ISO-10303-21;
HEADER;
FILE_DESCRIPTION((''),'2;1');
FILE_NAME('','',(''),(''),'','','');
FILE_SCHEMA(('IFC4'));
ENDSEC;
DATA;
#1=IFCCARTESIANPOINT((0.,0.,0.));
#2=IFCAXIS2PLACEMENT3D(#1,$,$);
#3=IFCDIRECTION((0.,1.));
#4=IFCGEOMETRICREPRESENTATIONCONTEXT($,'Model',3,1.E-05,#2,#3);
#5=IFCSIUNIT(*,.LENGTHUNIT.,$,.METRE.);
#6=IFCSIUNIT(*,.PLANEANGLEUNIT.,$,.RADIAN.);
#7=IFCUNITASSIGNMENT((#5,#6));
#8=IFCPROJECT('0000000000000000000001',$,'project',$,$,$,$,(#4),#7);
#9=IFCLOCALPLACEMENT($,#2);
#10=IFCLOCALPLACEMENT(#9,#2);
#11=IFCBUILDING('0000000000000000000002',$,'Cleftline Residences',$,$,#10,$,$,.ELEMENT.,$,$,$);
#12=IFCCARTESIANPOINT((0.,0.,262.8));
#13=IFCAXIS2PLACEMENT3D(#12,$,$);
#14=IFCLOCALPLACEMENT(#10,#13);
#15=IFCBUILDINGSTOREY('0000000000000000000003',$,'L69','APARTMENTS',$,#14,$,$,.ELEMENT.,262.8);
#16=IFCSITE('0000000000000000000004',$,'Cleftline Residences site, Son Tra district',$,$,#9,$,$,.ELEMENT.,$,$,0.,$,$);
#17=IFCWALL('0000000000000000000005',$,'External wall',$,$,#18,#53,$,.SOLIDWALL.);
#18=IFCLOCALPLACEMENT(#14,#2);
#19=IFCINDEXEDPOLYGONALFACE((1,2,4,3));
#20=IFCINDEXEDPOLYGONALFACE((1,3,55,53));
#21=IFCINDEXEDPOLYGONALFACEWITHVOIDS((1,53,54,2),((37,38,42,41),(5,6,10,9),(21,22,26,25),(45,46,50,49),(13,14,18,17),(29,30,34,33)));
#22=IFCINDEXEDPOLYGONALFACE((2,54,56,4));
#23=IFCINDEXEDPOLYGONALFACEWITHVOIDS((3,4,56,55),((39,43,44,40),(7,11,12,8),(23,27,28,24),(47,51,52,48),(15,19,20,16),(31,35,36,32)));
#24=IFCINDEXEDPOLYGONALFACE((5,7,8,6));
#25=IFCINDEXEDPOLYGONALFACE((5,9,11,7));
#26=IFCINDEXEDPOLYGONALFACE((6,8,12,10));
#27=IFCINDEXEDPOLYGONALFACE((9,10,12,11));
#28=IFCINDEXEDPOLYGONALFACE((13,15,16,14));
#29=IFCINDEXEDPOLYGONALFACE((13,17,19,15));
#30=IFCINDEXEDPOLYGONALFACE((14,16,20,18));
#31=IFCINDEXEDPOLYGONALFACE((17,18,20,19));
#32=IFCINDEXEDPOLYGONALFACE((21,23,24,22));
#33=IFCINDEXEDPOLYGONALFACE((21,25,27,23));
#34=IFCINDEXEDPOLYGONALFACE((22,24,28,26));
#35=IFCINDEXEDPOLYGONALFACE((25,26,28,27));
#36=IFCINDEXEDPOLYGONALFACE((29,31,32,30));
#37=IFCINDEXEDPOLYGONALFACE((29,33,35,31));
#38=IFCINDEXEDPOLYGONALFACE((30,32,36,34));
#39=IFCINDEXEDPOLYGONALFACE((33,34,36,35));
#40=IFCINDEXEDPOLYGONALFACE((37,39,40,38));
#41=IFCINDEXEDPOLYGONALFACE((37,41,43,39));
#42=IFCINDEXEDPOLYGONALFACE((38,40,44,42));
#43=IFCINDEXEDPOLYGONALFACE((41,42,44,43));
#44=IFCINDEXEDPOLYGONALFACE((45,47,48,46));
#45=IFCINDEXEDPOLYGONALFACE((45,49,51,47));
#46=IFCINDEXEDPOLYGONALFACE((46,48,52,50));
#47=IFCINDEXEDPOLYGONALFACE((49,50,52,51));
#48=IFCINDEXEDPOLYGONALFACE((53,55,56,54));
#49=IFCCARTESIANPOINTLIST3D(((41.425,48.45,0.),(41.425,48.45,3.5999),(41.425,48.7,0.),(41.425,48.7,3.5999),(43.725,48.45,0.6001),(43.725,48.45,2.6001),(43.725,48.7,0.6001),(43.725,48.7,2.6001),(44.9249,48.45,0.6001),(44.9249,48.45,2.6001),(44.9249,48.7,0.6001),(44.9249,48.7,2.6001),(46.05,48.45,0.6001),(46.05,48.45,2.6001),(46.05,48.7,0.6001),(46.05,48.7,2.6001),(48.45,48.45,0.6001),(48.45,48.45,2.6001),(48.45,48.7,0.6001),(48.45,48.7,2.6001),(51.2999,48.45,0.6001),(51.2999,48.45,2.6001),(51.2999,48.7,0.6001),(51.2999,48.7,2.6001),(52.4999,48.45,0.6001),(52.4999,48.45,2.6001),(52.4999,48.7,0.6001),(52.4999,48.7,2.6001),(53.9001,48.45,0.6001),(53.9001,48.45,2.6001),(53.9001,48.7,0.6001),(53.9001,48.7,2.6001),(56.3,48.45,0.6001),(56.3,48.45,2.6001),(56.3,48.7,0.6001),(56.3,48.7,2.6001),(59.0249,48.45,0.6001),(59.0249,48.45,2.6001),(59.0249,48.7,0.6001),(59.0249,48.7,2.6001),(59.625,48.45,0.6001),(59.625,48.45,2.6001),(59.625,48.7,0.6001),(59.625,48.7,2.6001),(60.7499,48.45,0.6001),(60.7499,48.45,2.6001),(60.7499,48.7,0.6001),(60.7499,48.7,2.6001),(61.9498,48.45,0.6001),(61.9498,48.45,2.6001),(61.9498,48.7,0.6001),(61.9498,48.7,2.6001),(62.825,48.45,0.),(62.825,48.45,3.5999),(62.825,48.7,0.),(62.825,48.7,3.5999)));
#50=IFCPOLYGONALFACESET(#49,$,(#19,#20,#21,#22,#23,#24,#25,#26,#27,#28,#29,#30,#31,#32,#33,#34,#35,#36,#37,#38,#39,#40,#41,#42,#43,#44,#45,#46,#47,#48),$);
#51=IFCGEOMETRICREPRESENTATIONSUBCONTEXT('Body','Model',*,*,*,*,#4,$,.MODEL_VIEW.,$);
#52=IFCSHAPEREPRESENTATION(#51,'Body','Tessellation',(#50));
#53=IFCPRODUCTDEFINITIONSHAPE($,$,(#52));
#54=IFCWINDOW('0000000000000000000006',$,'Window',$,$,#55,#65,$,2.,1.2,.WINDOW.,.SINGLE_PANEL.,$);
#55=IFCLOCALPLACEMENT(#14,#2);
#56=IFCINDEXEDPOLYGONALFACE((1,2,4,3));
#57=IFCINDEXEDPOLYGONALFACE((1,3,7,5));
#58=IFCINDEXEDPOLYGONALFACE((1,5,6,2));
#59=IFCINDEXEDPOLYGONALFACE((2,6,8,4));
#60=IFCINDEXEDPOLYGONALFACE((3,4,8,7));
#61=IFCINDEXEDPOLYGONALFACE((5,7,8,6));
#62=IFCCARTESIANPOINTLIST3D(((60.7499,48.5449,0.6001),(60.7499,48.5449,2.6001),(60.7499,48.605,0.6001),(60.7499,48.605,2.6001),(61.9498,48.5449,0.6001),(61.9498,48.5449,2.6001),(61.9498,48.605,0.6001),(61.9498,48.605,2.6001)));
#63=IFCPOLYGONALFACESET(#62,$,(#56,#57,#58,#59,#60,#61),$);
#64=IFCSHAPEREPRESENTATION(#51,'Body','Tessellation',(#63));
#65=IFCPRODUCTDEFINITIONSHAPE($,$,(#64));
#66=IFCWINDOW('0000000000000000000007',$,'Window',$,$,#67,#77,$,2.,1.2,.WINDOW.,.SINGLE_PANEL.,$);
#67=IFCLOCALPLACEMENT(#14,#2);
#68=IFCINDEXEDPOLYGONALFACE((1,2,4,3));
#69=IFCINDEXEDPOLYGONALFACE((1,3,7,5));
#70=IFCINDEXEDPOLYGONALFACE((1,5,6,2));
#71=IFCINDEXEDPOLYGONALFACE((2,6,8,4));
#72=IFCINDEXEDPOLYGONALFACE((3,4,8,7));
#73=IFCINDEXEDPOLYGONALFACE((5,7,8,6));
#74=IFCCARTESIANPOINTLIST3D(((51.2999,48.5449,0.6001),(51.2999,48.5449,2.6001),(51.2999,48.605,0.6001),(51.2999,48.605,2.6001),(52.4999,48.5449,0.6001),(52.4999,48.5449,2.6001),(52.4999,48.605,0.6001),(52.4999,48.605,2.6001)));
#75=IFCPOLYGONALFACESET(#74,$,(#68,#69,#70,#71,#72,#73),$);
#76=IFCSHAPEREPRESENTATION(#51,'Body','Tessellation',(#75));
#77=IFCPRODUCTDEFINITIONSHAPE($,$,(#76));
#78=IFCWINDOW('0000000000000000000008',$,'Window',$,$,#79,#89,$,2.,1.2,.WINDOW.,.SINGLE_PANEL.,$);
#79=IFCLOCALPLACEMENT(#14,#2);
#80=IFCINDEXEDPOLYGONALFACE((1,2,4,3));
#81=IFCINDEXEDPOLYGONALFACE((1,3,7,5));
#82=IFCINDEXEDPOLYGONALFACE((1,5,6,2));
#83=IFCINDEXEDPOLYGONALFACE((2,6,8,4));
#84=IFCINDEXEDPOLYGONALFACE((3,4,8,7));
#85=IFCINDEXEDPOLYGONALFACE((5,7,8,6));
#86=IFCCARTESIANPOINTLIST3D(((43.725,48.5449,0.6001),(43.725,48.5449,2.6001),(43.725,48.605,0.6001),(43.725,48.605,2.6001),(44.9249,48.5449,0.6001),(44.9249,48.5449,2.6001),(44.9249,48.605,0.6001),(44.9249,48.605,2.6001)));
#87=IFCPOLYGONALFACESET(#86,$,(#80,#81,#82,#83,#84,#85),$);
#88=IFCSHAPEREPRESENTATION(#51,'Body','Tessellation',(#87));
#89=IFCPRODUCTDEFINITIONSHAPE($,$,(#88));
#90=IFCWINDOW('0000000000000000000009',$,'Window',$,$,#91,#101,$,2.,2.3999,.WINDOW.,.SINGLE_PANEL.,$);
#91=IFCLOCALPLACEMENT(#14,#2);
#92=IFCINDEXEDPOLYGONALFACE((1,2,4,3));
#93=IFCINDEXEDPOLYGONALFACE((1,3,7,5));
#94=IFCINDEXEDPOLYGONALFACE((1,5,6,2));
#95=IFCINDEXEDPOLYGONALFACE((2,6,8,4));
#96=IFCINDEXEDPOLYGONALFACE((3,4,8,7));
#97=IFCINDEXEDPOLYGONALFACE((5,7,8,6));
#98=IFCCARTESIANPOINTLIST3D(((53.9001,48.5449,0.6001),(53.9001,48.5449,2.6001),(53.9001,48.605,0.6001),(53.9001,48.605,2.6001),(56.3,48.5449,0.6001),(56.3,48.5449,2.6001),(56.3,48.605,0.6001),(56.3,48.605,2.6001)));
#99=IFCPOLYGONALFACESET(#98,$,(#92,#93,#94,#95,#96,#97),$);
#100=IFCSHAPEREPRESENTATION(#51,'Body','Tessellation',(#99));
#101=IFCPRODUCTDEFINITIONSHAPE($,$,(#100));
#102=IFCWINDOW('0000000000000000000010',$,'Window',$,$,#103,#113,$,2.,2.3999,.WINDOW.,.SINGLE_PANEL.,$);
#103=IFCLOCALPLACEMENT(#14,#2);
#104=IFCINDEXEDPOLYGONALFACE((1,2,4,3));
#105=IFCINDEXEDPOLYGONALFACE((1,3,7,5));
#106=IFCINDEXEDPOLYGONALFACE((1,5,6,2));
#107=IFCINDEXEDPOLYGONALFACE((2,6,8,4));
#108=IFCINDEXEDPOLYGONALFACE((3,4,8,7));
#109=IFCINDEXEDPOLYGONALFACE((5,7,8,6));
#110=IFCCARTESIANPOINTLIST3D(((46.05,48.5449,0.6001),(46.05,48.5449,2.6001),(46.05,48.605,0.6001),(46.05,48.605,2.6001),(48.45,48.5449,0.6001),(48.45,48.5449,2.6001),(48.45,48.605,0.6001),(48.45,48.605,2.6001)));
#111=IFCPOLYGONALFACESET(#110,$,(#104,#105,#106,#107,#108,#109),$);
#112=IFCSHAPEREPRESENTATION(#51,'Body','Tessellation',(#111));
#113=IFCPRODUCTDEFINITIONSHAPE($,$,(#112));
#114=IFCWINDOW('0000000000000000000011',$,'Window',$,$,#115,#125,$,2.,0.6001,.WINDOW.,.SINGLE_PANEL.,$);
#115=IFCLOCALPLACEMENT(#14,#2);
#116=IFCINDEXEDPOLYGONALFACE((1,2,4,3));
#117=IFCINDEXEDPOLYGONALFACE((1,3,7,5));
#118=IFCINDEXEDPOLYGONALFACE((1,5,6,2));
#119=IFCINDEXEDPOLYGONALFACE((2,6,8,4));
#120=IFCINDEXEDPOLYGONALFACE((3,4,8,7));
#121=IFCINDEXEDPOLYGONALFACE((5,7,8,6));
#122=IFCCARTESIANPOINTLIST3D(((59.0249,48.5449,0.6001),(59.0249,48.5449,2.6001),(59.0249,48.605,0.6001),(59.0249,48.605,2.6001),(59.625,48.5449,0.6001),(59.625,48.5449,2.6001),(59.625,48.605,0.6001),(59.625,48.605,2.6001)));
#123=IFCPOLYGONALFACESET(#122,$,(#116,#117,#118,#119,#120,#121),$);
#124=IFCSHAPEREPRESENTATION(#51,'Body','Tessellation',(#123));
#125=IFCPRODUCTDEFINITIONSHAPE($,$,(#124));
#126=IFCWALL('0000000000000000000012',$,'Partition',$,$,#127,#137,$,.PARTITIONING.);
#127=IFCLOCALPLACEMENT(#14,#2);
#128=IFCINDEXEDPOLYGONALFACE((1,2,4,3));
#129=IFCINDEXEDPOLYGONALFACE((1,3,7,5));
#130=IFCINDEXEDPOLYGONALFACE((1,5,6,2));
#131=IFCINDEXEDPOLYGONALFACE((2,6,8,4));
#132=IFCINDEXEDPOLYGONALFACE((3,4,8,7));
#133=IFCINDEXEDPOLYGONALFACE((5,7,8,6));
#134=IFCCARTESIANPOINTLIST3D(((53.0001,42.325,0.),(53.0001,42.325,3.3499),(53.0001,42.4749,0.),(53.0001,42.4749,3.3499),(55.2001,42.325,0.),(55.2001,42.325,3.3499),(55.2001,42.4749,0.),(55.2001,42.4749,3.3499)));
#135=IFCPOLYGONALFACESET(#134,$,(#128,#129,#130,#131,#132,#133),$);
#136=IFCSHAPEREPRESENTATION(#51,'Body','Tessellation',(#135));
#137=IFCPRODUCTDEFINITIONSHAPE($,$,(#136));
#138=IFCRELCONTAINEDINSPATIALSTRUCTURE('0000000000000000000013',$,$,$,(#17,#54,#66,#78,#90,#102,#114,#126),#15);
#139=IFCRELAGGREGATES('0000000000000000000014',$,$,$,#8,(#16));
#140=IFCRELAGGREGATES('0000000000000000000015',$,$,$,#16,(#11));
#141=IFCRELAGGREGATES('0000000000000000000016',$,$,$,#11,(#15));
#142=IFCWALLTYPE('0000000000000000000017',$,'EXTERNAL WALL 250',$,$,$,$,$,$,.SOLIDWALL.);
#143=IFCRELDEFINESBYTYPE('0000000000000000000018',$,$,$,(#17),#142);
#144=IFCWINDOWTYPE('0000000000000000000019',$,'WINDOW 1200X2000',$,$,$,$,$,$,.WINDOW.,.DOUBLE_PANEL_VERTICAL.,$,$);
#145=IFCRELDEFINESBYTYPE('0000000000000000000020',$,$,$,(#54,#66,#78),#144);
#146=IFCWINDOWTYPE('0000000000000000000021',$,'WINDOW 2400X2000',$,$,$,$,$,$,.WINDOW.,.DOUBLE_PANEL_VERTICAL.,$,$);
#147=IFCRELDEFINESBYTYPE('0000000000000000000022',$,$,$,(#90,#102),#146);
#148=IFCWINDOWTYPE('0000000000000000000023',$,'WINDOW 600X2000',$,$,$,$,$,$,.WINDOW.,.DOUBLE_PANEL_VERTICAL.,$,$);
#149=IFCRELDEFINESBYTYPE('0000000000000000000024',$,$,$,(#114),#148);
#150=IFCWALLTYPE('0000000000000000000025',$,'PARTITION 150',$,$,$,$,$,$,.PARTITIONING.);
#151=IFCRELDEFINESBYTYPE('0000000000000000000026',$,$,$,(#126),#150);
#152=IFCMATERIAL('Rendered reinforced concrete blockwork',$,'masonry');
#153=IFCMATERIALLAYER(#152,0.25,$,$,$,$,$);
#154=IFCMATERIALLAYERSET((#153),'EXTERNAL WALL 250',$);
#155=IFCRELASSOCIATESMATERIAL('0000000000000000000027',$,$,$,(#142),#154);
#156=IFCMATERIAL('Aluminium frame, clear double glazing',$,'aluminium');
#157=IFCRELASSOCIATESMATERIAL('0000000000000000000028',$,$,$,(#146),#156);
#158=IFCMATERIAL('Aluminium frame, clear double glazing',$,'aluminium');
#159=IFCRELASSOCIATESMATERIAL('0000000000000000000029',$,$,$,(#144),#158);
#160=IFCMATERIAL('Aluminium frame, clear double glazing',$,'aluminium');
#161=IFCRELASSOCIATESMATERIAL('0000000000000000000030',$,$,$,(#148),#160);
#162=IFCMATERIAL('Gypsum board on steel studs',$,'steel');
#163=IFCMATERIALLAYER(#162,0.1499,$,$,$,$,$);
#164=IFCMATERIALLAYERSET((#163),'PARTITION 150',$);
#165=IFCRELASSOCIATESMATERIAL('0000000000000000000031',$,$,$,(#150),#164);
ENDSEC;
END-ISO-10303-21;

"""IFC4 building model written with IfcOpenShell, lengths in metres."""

from ifc_helpers import new_model, si_unit, direction, frame, frame_2d, origin, place, context, subcontext, project, spatial, rectangle, extrude, material, layer, layer_set, type_object, element, fill, save


model = new_model("IFC4")

# Units and contexts
model_context = context("Model", 3, precision=1e-05, world=origin(), true_north=direction((0.0, 1.0)))
body_context = subcontext(model_context, "Body", "Model", "MODEL_VIEW")
ifc_project = project(units=[si_unit("LENGTHUNIT", "METRE"), si_unit("PLANEANGLEUNIT", "RADIAN")], contexts=[model_context])

# Site, building, storey
site_placement = place(None, origin())
site = spatial("IfcSite", under=ifc_project, at=site_placement, Name="Cleftline Residences site, Son Tra district", CompositionType="ELEMENT", RefElevation=0.0)
building_placement = place(site_placement, origin())
building = spatial("IfcBuilding", under=site, at=building_placement, Name="Cleftline Residences", CompositionType="ELEMENT")
storey_placement = place(building_placement, frame((0.0, 0.0, 262.8)))
storey = spatial("IfcBuildingStorey", under=building, at=storey_placement, Name="L69", Description="APARTMENTS", CompositionType="ELEMENT", Elevation=262.8)

# Shared definitions
ifc_material_1 = material(Name="Rendered reinforced concrete blockwork", Category="masonry")
ifc_layer_1 = layer(ifc_material_1, 0.25)
ifc_layer_set_1 = layer_set([ifc_layer_1], Name="EXTERNAL WALL 250")
wall_type_1 = type_object("IfcWallType", Name="EXTERNAL WALL 250", PredefinedType="SOLIDWALL", material=ifc_layer_set_1)
ifc_material_2 = material(Name="Aluminium frame, clear double glazing", Category="aluminium")
window_type_1 = type_object("IfcWindowType", Name="WINDOW 2400X2000", PartitioningType="DOUBLE_PANEL_VERTICAL", PredefinedType="WINDOW", material=ifc_material_2)

# Wall, openings, windows
wall_1_placement = place(storey_placement, frame((62.825, 48.575, 0.0), z_axis=(0.0, 0.0, 1.0), x_axis=(-1.0, 0.0, 0.0)))
wall_1 = element("IfcWall", 1, at=wall_1_placement, inside=storey, type_object=wall_type_1, Name="External wall", PredefinedType="SOLIDWALL", context=body_context, shape_type="SweptSolid", body=[
    extrude(rectangle(XDim=21.3999, YDim=0.25, at=frame_2d((10.7, 0.0))), origin(), (0.0, 0.0, 1.0), 3.5999),
])
opening_1_placement = place(wall_1_placement, frame((0.875, 0.0, 0.6001)))
opening_1 = element("IfcOpeningElement", 2, at=opening_1_placement, cuts=wall_1, PredefinedType="OPENING", context=body_context, shape_type="SweptSolid", body=[
    extrude(rectangle(XDim=1.2, YDim=2.0, at=frame_2d((0.6001, 1.0))), frame((0.0, 0.135, 0.0), z_axis=(0.0, -1.0, 0.0), x_axis=(1.0, 0.0, 0.0)), (0.0, 0.0, 1.0), 0.27),
])
opening_2_placement = place(wall_1_placement, frame((3.2, 0.0, 0.6001)))
opening_2 = element("IfcOpeningElement", 3, at=opening_2_placement, cuts=wall_1, PredefinedType="OPENING", context=body_context, shape_type="SweptSolid", body=[
    extrude(rectangle(XDim=0.6001, YDim=2.0, at=frame_2d((0.3, 1.0))), frame((0.0, 0.135, 0.0), z_axis=(0.0, -1.0, 0.0), x_axis=(1.0, 0.0, 0.0)), (0.0, 0.0, 1.0), 0.27),
])
opening_3_placement = place(wall_1_placement, frame((6.5249, 0.0, 0.6001)))
opening_3 = element("IfcOpeningElement", 4, at=opening_3_placement, cuts=wall_1, PredefinedType="OPENING", context=body_context, shape_type="SweptSolid", body=[
    extrude(rectangle(XDim=2.3999, YDim=2.0, at=frame_2d((1.2, 1.0))), frame((0.0, 0.135, 0.0), z_axis=(0.0, -1.0, 0.0), x_axis=(1.0, 0.0, 0.0)), (0.0, 0.0, 1.0), 0.27),
])
opening_4_placement = place(wall_1_placement, frame((10.325, 0.0, 0.6001)))
opening_4 = element("IfcOpeningElement", 5, at=opening_4_placement, cuts=wall_1, PredefinedType="OPENING", context=body_context, shape_type="SweptSolid", body=[
    extrude(rectangle(XDim=1.2, YDim=2.0, at=frame_2d((0.6001, 1.0))), frame((0.0, 0.135, 0.0), z_axis=(0.0, -1.0, 0.0), x_axis=(1.0, 0.0, 0.0)), (0.0, 0.0, 1.0), 0.27),
])
opening_5_placement = place(wall_1_placement, frame((14.375, 0.0, 0.6001)))
opening_5 = element("IfcOpeningElement", 6, at=opening_5_placement, cuts=wall_1, PredefinedType="OPENING", context=body_context, shape_type="SweptSolid", body=[
    extrude(rectangle(XDim=2.3999, YDim=2.0, at=frame_2d((1.2, 1.0))), frame((0.0, 0.135, 0.0), z_axis=(0.0, -1.0, 0.0), x_axis=(1.0, 0.0, 0.0)), (0.0, 0.0, 1.0), 0.27),
])
opening_6_placement = place(wall_1_placement, frame((17.8999, 0.0, 0.6001)))
opening_6 = element("IfcOpeningElement", 7, at=opening_6_placement, cuts=wall_1, PredefinedType="OPENING", context=body_context, shape_type="SweptSolid", body=[
    extrude(rectangle(XDim=1.2, YDim=2.0, at=frame_2d((0.6001, 1.0))), frame((0.0, 0.135, 0.0), z_axis=(0.0, -1.0, 0.0), x_axis=(1.0, 0.0, 0.0)), (0.0, 0.0, 1.0), 0.27),
])
ifc_material_3 = material(Name="Aluminium frame, clear double glazing", Category="aluminium")
window_type_2 = type_object("IfcWindowType", Name="WINDOW 1200X2000", PartitioningType="DOUBLE_PANEL_VERTICAL", PredefinedType="WINDOW", material=ifc_material_3)
window_1_placement = place(opening_1_placement, origin())
window_1 = element("IfcWindow", 8, at=window_1_placement, inside=storey, type_object=window_type_2, Name="Window", OverallHeight=2.0, OverallWidth=1.2, PartitioningType="SINGLE_PANEL", PredefinedType="WINDOW", context=body_context, shape_type="SweptSolid", body=[
    extrude(rectangle(XDim=1.2, YDim=2.0, at=frame_2d((0.6001, 1.0))), frame((0.0, 0.03, 0.0), z_axis=(0.0, -1.0, 0.0), x_axis=(1.0, 0.0, 0.0)), (0.0, 0.0, 1.0), 0.0601),
])
fill(opening_1, window_1)
window_2_placement = place(opening_4_placement, origin())
window_2 = element("IfcWindow", 9, at=window_2_placement, inside=storey, type_object=window_type_2, Name="Window", OverallHeight=2.0, OverallWidth=1.2, PartitioningType="SINGLE_PANEL", PredefinedType="WINDOW", context=body_context, shape_type="SweptSolid", body=[
    extrude(rectangle(XDim=1.2, YDim=2.0, at=frame_2d((0.6001, 1.0))), frame((0.0, 0.03, 0.0), z_axis=(0.0, -1.0, 0.0), x_axis=(1.0, 0.0, 0.0)), (0.0, 0.0, 1.0), 0.0601),
])
fill(opening_4, window_2)
window_3_placement = place(opening_6_placement, origin())
window_3 = element("IfcWindow", 10, at=window_3_placement, inside=storey, type_object=window_type_2, Name="Window", OverallHeight=2.0, OverallWidth=1.2, PartitioningType="SINGLE_PANEL", PredefinedType="WINDOW", context=body_context, shape_type="SweptSolid", body=[
    extrude(rectangle(XDim=1.2, YDim=2.0, at=frame_2d((0.6001, 1.0))), frame((0.0, 0.03, 0.0), z_axis=(0.0, -1.0, 0.0), x_axis=(1.0, 0.0, 0.0)), (0.0, 0.0, 1.0), 0.0601),
])
fill(opening_6, window_3)
window_4_placement = place(opening_3_placement, origin())
window_4 = element("IfcWindow", 11, at=window_4_placement, inside=storey, type_object=window_type_1, Name="Window", OverallHeight=2.0, OverallWidth=2.3999, PartitioningType="SINGLE_PANEL", PredefinedType="WINDOW", context=body_context, shape_type="SweptSolid", body=[
    extrude(rectangle(XDim=2.3999, YDim=2.0, at=frame_2d((1.2, 1.0))), frame((0.0, 0.03, 0.0), z_axis=(0.0, -1.0, 0.0), x_axis=(1.0, 0.0, 0.0)), (0.0, 0.0, 1.0), 0.0601),
])
fill(opening_3, window_4)
window_5_placement = place(opening_5_placement, origin())
window_5 = element("IfcWindow", 12, at=window_5_placement, inside=storey, type_object=window_type_1, Name="Window", OverallHeight=2.0, OverallWidth=2.3999, PartitioningType="SINGLE_PANEL", PredefinedType="WINDOW", context=body_context, shape_type="SweptSolid", body=[
    extrude(rectangle(XDim=2.3999, YDim=2.0, at=frame_2d((1.2, 1.0))), frame((0.0, 0.03, 0.0), z_axis=(0.0, -1.0, 0.0), x_axis=(1.0, 0.0, 0.0)), (0.0, 0.0, 1.0), 0.0601),
])
fill(opening_5, window_5)
ifc_material_4 = material(Name="Aluminium frame, clear double glazing", Category="aluminium")
window_type_3 = type_object("IfcWindowType", Name="WINDOW 600X2000", PartitioningType="DOUBLE_PANEL_VERTICAL", PredefinedType="WINDOW", material=ifc_material_4)
window_6_placement = place(opening_2_placement, origin())
window_6 = element("IfcWindow", 13, at=window_6_placement, inside=storey, type_object=window_type_3, Name="Window", OverallHeight=2.0, OverallWidth=0.6001, PartitioningType="SINGLE_PANEL", PredefinedType="WINDOW", context=body_context, shape_type="SweptSolid", body=[
    extrude(rectangle(XDim=0.6001, YDim=2.0, at=frame_2d((0.3, 1.0))), frame((0.0, 0.03, 0.0), z_axis=(0.0, -1.0, 0.0), x_axis=(1.0, 0.0, 0.0)), (0.0, 0.0, 1.0), 0.0601),
])
fill(opening_2, window_6)

# Wall
ifc_material_5 = material(Name="Gypsum board on steel studs", Category="steel")
ifc_layer_2 = layer(ifc_material_5, 0.1499)
ifc_layer_set_2 = layer_set([ifc_layer_2], Name="PARTITION 150")
wall_type_2 = type_object("IfcWallType", Name="PARTITION 150", PredefinedType="PARTITIONING", material=ifc_layer_set_2)
wall_2_placement = place(storey_placement, frame((53.0, 42.3999, 0.0), z_axis=(0.0, 0.0, 1.0), x_axis=(1.0, 0.0, 0.0)))
element("IfcWall", 14, at=wall_2_placement, inside=storey, type_object=wall_type_2, Name="Partition", PredefinedType="PARTITIONING", context=body_context, shape_type="SweptSolid", body=[
    extrude(rectangle(XDim=2.2, YDim=0.1499, at=frame_2d((1.1001, 0.0))), origin(), (0.0, 0.0, 1.0), 3.3499),
])

save(model, "model.ifc")
